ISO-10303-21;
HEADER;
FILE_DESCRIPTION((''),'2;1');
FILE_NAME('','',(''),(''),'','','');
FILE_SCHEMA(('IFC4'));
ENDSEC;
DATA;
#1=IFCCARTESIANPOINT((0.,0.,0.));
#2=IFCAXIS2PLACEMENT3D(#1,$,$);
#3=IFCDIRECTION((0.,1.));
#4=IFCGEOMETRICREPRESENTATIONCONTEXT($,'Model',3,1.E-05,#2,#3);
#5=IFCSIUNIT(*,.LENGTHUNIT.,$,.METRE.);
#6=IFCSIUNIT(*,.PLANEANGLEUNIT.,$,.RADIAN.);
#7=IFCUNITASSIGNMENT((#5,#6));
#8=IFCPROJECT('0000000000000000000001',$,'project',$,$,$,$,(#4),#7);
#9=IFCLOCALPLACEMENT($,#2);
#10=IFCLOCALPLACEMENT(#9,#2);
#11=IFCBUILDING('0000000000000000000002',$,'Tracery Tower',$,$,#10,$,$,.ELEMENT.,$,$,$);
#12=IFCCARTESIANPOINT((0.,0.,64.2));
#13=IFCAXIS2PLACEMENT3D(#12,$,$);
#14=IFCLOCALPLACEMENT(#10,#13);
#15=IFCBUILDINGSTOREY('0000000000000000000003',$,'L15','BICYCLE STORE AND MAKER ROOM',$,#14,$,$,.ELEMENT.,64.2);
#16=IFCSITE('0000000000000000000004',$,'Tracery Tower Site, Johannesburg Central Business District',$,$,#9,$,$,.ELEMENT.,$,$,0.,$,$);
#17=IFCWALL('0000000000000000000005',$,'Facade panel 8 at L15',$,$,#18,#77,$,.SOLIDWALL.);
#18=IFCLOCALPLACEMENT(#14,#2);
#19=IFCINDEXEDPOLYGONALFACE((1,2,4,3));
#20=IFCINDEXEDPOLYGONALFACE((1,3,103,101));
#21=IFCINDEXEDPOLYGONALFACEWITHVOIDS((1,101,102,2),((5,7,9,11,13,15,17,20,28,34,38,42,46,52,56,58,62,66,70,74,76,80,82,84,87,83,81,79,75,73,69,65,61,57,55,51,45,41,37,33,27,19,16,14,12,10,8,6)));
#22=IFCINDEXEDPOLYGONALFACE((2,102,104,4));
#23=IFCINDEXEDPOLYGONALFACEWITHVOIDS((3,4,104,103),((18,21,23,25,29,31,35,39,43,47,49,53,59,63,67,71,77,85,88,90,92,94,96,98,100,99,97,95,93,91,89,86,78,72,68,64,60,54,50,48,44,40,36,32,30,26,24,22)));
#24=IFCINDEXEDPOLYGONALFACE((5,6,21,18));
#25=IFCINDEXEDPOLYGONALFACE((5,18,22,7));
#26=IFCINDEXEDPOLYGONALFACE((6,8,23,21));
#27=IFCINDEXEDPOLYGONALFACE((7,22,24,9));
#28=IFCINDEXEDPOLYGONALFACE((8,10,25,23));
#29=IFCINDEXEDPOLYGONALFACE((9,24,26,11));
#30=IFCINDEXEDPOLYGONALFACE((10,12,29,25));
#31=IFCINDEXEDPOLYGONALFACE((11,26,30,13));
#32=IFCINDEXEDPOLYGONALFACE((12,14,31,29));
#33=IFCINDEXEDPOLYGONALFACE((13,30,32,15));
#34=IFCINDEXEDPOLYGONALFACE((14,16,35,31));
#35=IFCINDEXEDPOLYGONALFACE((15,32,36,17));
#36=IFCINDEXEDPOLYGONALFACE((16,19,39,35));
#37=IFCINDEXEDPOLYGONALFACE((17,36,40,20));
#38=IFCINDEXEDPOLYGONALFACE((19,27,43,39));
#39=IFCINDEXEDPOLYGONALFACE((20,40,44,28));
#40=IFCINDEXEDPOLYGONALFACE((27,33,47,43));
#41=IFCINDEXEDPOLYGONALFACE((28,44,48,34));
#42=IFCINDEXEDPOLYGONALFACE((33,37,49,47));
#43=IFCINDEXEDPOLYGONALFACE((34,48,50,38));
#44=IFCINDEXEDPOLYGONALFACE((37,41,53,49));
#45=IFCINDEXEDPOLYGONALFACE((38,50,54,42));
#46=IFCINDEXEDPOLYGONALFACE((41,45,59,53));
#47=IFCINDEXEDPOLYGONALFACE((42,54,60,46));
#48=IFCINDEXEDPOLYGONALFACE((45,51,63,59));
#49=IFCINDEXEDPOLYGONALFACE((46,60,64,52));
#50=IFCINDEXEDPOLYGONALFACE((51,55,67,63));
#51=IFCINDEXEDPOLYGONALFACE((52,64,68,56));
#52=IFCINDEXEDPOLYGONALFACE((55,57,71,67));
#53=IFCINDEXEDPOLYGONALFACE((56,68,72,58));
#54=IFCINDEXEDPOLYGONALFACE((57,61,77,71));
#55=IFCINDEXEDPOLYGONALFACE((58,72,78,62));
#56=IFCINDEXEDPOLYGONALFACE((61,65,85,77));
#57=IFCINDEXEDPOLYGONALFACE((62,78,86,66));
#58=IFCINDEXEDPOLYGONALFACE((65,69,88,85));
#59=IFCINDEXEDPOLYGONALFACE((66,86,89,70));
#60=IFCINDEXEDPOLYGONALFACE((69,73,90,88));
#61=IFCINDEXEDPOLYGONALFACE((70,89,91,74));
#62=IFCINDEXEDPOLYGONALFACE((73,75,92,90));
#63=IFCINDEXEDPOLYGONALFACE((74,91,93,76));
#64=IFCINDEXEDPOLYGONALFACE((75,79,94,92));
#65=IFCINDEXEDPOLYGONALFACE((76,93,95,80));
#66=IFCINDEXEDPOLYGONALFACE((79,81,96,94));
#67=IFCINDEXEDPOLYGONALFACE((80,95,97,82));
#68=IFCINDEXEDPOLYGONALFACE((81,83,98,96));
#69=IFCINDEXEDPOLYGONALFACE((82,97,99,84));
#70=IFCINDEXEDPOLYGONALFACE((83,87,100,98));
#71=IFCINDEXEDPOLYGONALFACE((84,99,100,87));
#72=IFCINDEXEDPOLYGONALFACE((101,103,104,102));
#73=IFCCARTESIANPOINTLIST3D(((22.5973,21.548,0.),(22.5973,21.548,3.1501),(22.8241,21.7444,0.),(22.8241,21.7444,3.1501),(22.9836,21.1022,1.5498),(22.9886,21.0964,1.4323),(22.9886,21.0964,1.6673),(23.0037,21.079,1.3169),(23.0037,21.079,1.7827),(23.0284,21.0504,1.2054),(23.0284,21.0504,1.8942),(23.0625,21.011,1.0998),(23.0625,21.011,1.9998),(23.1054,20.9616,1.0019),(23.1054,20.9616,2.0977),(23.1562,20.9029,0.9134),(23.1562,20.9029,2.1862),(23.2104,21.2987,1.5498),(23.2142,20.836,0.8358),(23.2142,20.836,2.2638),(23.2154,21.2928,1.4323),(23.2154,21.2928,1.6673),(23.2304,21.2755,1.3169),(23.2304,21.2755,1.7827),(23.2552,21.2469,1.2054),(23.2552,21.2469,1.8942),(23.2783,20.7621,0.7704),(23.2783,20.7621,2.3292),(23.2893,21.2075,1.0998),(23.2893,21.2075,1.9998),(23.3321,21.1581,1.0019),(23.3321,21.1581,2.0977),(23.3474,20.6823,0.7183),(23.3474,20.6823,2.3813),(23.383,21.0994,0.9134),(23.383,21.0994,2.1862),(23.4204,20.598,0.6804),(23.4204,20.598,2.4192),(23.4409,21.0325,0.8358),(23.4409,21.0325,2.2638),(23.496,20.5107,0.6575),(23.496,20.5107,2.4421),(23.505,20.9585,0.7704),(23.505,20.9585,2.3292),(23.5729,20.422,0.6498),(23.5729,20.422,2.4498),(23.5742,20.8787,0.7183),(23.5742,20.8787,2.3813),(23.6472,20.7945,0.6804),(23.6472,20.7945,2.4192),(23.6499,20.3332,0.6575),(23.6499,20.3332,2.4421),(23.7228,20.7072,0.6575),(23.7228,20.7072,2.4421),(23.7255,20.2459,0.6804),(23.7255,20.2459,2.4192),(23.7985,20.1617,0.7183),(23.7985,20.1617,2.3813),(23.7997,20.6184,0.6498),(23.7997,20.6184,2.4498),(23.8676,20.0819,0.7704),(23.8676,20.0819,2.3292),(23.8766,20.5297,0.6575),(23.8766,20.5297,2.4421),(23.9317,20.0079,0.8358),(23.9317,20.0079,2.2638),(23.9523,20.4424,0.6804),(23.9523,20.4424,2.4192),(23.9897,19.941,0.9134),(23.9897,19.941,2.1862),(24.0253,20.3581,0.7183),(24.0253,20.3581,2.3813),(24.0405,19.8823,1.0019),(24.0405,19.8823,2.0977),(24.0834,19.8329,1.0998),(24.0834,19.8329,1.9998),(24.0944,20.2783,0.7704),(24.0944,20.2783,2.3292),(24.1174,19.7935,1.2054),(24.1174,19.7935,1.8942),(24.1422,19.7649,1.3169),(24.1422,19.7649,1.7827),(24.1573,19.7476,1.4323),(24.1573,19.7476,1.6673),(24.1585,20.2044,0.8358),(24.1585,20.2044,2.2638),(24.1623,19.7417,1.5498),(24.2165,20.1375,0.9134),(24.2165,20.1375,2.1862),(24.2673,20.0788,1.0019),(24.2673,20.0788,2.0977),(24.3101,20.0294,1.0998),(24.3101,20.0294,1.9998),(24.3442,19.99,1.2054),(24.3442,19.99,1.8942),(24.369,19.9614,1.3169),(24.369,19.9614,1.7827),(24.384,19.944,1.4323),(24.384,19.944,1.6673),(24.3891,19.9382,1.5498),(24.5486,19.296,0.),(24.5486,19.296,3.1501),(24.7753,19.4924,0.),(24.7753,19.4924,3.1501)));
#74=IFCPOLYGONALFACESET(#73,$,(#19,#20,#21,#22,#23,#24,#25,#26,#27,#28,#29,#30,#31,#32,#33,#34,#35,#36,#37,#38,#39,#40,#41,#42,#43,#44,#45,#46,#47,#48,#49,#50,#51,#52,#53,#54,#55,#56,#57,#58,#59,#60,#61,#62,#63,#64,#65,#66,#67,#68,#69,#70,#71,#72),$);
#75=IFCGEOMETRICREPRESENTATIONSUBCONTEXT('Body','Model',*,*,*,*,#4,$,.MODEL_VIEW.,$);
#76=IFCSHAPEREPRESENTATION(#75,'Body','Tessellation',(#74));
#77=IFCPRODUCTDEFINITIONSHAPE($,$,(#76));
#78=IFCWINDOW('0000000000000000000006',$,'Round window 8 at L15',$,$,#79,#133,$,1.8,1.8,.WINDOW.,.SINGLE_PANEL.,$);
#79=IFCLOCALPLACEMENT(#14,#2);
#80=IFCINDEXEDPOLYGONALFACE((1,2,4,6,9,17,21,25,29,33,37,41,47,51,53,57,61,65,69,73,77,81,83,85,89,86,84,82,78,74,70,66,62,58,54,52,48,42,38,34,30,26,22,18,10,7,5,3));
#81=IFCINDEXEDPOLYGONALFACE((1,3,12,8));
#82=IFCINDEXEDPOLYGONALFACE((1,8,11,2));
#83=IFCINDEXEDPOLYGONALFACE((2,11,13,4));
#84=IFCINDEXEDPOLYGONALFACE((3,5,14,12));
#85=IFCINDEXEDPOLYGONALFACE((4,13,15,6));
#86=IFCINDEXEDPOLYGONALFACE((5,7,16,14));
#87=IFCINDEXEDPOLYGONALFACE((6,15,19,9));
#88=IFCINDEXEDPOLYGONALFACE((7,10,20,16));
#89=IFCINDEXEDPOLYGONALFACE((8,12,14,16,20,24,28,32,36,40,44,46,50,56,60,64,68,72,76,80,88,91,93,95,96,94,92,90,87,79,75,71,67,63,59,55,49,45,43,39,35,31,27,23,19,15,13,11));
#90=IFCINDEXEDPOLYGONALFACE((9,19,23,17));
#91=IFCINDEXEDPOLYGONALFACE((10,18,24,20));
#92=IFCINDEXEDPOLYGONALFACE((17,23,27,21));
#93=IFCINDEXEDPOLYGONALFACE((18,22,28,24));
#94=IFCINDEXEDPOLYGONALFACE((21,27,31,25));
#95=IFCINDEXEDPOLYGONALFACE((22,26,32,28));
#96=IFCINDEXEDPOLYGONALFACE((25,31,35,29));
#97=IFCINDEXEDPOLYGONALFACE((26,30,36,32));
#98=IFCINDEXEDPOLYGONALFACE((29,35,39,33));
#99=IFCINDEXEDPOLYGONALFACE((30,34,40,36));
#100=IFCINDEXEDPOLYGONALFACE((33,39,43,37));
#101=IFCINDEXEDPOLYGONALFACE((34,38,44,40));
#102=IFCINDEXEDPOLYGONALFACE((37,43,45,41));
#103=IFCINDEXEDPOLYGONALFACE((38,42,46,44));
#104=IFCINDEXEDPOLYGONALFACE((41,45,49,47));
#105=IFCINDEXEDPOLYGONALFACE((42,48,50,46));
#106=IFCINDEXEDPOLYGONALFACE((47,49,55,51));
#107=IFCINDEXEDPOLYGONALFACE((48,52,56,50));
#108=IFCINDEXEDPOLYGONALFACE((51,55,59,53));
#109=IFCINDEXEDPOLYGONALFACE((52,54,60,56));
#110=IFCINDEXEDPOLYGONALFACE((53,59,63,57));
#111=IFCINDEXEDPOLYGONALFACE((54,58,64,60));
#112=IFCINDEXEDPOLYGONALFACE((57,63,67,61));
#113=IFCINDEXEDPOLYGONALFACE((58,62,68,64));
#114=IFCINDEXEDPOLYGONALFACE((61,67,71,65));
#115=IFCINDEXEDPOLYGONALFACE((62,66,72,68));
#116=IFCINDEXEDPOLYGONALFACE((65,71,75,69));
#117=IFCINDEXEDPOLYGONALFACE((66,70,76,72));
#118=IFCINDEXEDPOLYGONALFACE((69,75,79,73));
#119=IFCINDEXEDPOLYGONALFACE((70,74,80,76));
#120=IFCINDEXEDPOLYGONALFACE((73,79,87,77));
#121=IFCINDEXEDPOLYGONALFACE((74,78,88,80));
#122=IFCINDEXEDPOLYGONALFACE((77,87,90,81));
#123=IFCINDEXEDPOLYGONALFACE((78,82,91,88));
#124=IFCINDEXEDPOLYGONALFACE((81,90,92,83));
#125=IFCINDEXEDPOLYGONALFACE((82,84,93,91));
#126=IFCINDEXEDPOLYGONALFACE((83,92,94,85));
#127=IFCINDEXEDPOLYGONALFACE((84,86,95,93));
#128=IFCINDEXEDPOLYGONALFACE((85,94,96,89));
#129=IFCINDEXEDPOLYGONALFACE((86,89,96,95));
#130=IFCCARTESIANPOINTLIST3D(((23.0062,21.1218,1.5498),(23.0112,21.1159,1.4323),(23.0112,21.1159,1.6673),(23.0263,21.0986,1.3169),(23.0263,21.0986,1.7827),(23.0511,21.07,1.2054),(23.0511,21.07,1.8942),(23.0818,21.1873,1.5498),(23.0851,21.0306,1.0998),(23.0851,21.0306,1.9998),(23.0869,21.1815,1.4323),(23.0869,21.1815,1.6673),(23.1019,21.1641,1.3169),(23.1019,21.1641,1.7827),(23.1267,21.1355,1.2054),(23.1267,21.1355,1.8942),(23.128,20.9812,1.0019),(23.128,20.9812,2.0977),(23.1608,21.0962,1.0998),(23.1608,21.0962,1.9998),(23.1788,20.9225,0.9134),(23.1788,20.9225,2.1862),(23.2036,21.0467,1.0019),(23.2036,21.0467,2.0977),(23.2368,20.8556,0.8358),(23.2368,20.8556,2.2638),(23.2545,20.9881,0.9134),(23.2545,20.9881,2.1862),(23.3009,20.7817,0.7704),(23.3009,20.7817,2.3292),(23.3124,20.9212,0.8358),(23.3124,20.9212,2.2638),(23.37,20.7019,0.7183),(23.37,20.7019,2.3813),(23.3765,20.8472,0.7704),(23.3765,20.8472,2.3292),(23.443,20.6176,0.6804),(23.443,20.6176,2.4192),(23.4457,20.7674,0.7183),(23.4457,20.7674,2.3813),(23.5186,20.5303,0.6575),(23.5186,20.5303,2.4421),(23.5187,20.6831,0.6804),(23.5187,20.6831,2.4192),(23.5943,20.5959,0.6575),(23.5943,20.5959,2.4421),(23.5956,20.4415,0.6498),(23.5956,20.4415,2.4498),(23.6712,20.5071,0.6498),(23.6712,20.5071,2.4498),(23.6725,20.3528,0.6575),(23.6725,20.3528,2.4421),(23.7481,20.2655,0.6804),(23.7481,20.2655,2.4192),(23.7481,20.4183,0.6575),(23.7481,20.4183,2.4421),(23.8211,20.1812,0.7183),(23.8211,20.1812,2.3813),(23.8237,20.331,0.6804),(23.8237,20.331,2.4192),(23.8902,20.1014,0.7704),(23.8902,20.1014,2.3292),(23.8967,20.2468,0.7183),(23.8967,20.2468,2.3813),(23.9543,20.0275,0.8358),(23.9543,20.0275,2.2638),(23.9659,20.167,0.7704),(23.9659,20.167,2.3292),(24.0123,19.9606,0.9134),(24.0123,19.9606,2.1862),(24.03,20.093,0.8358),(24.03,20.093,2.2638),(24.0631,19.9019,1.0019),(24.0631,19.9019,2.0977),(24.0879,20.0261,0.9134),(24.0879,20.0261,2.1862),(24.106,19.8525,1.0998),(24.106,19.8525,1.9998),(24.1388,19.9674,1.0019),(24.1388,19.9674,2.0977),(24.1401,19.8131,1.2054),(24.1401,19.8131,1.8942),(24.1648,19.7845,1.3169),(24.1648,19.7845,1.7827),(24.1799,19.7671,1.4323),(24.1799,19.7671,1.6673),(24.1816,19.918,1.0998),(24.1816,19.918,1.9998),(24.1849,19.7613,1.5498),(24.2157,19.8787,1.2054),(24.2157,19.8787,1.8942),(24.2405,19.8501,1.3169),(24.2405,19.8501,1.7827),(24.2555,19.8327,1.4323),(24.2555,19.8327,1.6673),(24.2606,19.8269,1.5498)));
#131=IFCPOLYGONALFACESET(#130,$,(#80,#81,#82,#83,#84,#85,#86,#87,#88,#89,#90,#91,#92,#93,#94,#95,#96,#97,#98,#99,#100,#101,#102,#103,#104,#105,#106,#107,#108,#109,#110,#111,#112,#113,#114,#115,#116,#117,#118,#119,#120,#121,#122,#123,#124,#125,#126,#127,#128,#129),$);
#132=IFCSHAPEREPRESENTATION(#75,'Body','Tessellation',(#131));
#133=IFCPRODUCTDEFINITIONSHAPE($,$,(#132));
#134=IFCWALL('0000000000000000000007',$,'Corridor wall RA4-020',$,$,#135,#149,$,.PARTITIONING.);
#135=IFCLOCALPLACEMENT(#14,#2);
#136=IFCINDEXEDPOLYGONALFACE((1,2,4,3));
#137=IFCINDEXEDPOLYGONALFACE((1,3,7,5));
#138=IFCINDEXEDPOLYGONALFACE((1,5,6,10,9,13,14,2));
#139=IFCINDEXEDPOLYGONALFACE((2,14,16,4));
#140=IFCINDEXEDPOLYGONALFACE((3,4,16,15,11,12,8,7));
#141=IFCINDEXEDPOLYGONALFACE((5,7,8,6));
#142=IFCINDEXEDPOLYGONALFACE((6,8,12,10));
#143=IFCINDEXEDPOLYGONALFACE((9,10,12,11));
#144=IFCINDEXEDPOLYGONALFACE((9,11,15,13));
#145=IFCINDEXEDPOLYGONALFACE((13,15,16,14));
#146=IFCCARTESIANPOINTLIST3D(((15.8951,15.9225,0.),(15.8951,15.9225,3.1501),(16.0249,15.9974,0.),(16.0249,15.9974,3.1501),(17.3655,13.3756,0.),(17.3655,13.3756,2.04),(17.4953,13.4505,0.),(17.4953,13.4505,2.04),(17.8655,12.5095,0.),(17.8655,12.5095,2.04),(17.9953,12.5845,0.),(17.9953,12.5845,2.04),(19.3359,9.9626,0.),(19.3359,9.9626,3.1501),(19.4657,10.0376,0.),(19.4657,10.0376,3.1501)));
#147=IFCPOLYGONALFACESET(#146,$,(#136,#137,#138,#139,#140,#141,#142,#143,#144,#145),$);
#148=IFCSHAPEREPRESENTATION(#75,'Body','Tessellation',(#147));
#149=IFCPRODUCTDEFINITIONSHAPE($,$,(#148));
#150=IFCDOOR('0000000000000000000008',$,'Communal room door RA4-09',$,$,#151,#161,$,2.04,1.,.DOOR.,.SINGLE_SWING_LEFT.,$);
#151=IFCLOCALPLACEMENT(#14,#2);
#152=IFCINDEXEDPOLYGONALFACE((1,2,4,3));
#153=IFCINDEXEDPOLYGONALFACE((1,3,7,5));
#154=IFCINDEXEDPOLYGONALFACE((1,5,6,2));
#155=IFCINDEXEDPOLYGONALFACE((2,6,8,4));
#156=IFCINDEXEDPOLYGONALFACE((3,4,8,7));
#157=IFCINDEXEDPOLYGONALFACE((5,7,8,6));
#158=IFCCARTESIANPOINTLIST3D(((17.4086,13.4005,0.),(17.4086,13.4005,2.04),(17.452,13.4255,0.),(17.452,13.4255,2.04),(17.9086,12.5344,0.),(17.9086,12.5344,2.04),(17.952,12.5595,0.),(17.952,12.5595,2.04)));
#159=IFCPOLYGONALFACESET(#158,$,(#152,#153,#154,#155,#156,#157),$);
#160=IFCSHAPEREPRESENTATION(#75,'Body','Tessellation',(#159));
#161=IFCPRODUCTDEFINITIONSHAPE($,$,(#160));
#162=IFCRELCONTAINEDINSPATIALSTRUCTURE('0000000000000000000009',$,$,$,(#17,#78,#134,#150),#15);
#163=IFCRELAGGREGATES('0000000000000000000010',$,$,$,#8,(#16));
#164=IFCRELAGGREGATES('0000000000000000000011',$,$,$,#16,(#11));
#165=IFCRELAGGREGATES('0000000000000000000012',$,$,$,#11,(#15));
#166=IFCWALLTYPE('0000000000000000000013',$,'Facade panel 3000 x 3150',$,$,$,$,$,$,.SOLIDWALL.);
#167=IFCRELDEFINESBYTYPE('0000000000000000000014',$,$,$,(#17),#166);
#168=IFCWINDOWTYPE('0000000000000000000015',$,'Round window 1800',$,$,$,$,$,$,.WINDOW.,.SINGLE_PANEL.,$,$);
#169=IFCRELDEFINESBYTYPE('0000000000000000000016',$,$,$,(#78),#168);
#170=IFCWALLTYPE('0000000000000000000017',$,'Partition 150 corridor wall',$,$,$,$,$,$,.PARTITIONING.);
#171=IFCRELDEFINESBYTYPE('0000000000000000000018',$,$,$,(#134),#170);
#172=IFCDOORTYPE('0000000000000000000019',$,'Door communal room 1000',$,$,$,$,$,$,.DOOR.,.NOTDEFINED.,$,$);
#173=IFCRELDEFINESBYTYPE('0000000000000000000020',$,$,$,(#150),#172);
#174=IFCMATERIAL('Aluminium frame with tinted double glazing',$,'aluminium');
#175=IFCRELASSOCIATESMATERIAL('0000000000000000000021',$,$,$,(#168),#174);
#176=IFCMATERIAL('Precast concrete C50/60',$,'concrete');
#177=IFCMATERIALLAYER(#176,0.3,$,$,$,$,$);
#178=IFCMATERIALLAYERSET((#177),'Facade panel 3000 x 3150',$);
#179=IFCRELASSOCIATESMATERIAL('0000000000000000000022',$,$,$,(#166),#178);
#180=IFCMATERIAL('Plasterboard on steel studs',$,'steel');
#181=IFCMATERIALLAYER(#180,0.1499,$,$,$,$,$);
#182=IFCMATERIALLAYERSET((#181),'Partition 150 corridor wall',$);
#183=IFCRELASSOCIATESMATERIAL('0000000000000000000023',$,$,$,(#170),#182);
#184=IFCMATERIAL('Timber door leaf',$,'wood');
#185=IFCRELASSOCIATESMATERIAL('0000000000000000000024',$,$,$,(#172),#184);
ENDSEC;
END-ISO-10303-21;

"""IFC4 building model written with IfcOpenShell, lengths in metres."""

from ifc_helpers import new_model, si_unit, direction, frame, frame_2d, origin, origin_2d, place, context, subcontext, project, spatial, rectangle, circle, extrude, material, layer, layer_set, type_object, element, fill, save


model = new_model("IFC4")

# Units and contexts
model_context = context("Model", 3, precision=1e-05, world=origin(), true_north=direction((0.0, 1.0)))
body_context = subcontext(model_context, "Body", "Model", "MODEL_VIEW")
ifc_project = project(units=[si_unit("LENGTHUNIT", "METRE"), si_unit("PLANEANGLEUNIT", "RADIAN")], contexts=[model_context])

# Site, building, storey
site_placement = place(None, origin())
site = spatial("IfcSite", under=ifc_project, at=site_placement, Name="Tracery Tower Site, Johannesburg Central Business District", CompositionType="ELEMENT", RefElevation=0.0)
building_placement = place(site_placement, origin())
building = spatial("IfcBuilding", under=site, at=building_placement, Name="Tracery Tower", CompositionType="ELEMENT")
storey_placement = place(building_placement, frame((0.0, 0.0, 64.2)))
storey = spatial("IfcBuildingStorey", under=building, at=storey_placement, Name="L15", Description="BICYCLE STORE AND MAKER ROOM", CompositionType="ELEMENT", Elevation=64.2)

# Wall, opening, window
ifc_material_1 = material(Name="Aluminium frame with tinted double glazing", Category="aluminium")
window_type = type_object("IfcWindowType", Name="Round window 1800", PartitioningType="SINGLE_PANEL", PredefinedType="WINDOW", material=ifc_material_1)
ifc_material_2 = material(Name="Precast concrete C50/60", Category="concrete")
ifc_layer_1 = layer(ifc_material_2, 0.3)
ifc_layer_set_1 = layer_set([ifc_layer_1], Name="Facade panel 3000 x 3150")
wall_type_1 = type_object("IfcWallType", Name="Facade panel 3000 x 3150", PredefinedType="SOLIDWALL", material=ifc_layer_set_1)
wall_1_placement = place(storey_placement, frame((24.6619, 19.3943, 0.0), z_axis=(0.0, 0.0, 1.0), x_axis=(-0.654831, 0.755776, 0.0)))
wall_1 = element("IfcWall", 1, at=wall_1_placement, inside=storey, type_object=wall_type_1, Name="Facade panel 8 at L15", PredefinedType="SOLIDWALL", context=body_context, shape_type="SweptSolid", body=[
    extrude(rectangle(XDim=2.9797, YDim=0.3, at=frame_2d((1.4897, 0.0))), origin(), (0.0, 0.0, 1.0), 3.1501),
])
opening_1_placement = place(wall_1_placement, frame((1.4897, 0.0, 1.5498)))
opening_1 = element("IfcOpeningElement", 2, at=opening_1_placement, cuts=wall_1, PredefinedType="OPENING", context=body_context, shape_type="SweptSolid", body=[
    extrude(circle(Radius=0.9, at=origin_2d()), frame((0.0, 0.1599, 0.0), z_axis=(0.0, -1.0, 0.0), x_axis=(1.0, 0.0, 0.0)), (0.0, 0.0, 1.0), 0.3201),
])
window_1_placement = place(opening_1_placement, origin())
window_1 = element("IfcWindow", 3, at=window_1_placement, inside=storey, type_object=window_type, Name="Round window 8 at L15", OverallHeight=1.8, OverallWidth=1.8, PartitioningType="SINGLE_PANEL", PredefinedType="WINDOW", context=body_context, shape_type="SweptSolid", body=[
    extrude(circle(Radius=0.9, at=origin_2d()), frame((0.0, 0.1201, 0.0), z_axis=(0.0, -1.0, 0.0), x_axis=(1.0, 0.0, 0.0)), (0.0, 0.0, 1.0), 0.1001),
])
fill(opening_1, window_1)

# Wall, opening, door
ifc_material_3 = material(Name="Plasterboard on steel studs", Category="steel")
ifc_layer_2 = layer(ifc_material_3, 0.1499)
ifc_layer_set_2 = layer_set([ifc_layer_2], Name="Partition 150 corridor wall")
wall_type_2 = type_object("IfcWallType", Name="Partition 150 corridor wall", PredefinedType="PARTITIONING", material=ifc_layer_set_2)
wall_2_placement = place(storey_placement, frame((15.96, 15.96, 0.0), z_axis=(0.0, 0.0, 1.0), x_axis=(0.499993, -0.86603, 0.0)))
wall_2 = element("IfcWall", 4, at=wall_2_placement, inside=storey, type_object=wall_type_2, Name="Corridor wall RA4-020", PredefinedType="PARTITIONING", context=body_context, shape_type="SweptSolid", body=[
    extrude(rectangle(XDim=6.8818, YDim=0.1499, at=frame_2d((3.4409, 0.0))), origin(), (0.0, 0.0, 1.0), 3.1501),
])
opening_2_placement = place(wall_2_placement, frame((2.9409, 0.0, 0.0)))
opening_2 = element("IfcOpeningElement", 5, at=opening_2_placement, cuts=wall_2, PredefinedType="OPENING", context=body_context, shape_type="SweptSolid", body=[
    extrude(rectangle(XDim=1.0, YDim=2.04, at=frame_2d((0.5, 1.02))), frame((0.0, 0.075, 0.0), z_axis=(0.0, -1.0, 0.0), x_axis=(1.0, 0.0, 0.0)), (0.0, 0.0, 1.0), 0.1499),
])
ifc_material_4 = material(Name="Timber door leaf", Category="wood")
door_type_1 = type_object("IfcDoorType", Name="Door communal room 1000", OperationType="NOTDEFINED", PredefinedType="DOOR", material=ifc_material_4)
door_1_placement = place(opening_2_placement, origin())
door_1 = element("IfcDoor", 6, at=door_1_placement, inside=storey, type_object=door_type_1, Name="Communal room door RA4-09", OperationType="SINGLE_SWING_LEFT", OverallHeight=2.04, OverallWidth=1.0, PredefinedType="DOOR", context=body_context, shape_type="SweptSolid", body=[
    extrude(rectangle(XDim=1.0, YDim=2.04, at=frame_2d((0.5, 1.02))), frame((0.0, 0.0249, 0.0), z_axis=(0.0, -1.0, 0.0), x_axis=(1.0, 0.0, 0.0)), (0.0, 0.0, 1.0), 0.05),
])
fill(opening_2, door_1)

save(model, "model.ifc")
